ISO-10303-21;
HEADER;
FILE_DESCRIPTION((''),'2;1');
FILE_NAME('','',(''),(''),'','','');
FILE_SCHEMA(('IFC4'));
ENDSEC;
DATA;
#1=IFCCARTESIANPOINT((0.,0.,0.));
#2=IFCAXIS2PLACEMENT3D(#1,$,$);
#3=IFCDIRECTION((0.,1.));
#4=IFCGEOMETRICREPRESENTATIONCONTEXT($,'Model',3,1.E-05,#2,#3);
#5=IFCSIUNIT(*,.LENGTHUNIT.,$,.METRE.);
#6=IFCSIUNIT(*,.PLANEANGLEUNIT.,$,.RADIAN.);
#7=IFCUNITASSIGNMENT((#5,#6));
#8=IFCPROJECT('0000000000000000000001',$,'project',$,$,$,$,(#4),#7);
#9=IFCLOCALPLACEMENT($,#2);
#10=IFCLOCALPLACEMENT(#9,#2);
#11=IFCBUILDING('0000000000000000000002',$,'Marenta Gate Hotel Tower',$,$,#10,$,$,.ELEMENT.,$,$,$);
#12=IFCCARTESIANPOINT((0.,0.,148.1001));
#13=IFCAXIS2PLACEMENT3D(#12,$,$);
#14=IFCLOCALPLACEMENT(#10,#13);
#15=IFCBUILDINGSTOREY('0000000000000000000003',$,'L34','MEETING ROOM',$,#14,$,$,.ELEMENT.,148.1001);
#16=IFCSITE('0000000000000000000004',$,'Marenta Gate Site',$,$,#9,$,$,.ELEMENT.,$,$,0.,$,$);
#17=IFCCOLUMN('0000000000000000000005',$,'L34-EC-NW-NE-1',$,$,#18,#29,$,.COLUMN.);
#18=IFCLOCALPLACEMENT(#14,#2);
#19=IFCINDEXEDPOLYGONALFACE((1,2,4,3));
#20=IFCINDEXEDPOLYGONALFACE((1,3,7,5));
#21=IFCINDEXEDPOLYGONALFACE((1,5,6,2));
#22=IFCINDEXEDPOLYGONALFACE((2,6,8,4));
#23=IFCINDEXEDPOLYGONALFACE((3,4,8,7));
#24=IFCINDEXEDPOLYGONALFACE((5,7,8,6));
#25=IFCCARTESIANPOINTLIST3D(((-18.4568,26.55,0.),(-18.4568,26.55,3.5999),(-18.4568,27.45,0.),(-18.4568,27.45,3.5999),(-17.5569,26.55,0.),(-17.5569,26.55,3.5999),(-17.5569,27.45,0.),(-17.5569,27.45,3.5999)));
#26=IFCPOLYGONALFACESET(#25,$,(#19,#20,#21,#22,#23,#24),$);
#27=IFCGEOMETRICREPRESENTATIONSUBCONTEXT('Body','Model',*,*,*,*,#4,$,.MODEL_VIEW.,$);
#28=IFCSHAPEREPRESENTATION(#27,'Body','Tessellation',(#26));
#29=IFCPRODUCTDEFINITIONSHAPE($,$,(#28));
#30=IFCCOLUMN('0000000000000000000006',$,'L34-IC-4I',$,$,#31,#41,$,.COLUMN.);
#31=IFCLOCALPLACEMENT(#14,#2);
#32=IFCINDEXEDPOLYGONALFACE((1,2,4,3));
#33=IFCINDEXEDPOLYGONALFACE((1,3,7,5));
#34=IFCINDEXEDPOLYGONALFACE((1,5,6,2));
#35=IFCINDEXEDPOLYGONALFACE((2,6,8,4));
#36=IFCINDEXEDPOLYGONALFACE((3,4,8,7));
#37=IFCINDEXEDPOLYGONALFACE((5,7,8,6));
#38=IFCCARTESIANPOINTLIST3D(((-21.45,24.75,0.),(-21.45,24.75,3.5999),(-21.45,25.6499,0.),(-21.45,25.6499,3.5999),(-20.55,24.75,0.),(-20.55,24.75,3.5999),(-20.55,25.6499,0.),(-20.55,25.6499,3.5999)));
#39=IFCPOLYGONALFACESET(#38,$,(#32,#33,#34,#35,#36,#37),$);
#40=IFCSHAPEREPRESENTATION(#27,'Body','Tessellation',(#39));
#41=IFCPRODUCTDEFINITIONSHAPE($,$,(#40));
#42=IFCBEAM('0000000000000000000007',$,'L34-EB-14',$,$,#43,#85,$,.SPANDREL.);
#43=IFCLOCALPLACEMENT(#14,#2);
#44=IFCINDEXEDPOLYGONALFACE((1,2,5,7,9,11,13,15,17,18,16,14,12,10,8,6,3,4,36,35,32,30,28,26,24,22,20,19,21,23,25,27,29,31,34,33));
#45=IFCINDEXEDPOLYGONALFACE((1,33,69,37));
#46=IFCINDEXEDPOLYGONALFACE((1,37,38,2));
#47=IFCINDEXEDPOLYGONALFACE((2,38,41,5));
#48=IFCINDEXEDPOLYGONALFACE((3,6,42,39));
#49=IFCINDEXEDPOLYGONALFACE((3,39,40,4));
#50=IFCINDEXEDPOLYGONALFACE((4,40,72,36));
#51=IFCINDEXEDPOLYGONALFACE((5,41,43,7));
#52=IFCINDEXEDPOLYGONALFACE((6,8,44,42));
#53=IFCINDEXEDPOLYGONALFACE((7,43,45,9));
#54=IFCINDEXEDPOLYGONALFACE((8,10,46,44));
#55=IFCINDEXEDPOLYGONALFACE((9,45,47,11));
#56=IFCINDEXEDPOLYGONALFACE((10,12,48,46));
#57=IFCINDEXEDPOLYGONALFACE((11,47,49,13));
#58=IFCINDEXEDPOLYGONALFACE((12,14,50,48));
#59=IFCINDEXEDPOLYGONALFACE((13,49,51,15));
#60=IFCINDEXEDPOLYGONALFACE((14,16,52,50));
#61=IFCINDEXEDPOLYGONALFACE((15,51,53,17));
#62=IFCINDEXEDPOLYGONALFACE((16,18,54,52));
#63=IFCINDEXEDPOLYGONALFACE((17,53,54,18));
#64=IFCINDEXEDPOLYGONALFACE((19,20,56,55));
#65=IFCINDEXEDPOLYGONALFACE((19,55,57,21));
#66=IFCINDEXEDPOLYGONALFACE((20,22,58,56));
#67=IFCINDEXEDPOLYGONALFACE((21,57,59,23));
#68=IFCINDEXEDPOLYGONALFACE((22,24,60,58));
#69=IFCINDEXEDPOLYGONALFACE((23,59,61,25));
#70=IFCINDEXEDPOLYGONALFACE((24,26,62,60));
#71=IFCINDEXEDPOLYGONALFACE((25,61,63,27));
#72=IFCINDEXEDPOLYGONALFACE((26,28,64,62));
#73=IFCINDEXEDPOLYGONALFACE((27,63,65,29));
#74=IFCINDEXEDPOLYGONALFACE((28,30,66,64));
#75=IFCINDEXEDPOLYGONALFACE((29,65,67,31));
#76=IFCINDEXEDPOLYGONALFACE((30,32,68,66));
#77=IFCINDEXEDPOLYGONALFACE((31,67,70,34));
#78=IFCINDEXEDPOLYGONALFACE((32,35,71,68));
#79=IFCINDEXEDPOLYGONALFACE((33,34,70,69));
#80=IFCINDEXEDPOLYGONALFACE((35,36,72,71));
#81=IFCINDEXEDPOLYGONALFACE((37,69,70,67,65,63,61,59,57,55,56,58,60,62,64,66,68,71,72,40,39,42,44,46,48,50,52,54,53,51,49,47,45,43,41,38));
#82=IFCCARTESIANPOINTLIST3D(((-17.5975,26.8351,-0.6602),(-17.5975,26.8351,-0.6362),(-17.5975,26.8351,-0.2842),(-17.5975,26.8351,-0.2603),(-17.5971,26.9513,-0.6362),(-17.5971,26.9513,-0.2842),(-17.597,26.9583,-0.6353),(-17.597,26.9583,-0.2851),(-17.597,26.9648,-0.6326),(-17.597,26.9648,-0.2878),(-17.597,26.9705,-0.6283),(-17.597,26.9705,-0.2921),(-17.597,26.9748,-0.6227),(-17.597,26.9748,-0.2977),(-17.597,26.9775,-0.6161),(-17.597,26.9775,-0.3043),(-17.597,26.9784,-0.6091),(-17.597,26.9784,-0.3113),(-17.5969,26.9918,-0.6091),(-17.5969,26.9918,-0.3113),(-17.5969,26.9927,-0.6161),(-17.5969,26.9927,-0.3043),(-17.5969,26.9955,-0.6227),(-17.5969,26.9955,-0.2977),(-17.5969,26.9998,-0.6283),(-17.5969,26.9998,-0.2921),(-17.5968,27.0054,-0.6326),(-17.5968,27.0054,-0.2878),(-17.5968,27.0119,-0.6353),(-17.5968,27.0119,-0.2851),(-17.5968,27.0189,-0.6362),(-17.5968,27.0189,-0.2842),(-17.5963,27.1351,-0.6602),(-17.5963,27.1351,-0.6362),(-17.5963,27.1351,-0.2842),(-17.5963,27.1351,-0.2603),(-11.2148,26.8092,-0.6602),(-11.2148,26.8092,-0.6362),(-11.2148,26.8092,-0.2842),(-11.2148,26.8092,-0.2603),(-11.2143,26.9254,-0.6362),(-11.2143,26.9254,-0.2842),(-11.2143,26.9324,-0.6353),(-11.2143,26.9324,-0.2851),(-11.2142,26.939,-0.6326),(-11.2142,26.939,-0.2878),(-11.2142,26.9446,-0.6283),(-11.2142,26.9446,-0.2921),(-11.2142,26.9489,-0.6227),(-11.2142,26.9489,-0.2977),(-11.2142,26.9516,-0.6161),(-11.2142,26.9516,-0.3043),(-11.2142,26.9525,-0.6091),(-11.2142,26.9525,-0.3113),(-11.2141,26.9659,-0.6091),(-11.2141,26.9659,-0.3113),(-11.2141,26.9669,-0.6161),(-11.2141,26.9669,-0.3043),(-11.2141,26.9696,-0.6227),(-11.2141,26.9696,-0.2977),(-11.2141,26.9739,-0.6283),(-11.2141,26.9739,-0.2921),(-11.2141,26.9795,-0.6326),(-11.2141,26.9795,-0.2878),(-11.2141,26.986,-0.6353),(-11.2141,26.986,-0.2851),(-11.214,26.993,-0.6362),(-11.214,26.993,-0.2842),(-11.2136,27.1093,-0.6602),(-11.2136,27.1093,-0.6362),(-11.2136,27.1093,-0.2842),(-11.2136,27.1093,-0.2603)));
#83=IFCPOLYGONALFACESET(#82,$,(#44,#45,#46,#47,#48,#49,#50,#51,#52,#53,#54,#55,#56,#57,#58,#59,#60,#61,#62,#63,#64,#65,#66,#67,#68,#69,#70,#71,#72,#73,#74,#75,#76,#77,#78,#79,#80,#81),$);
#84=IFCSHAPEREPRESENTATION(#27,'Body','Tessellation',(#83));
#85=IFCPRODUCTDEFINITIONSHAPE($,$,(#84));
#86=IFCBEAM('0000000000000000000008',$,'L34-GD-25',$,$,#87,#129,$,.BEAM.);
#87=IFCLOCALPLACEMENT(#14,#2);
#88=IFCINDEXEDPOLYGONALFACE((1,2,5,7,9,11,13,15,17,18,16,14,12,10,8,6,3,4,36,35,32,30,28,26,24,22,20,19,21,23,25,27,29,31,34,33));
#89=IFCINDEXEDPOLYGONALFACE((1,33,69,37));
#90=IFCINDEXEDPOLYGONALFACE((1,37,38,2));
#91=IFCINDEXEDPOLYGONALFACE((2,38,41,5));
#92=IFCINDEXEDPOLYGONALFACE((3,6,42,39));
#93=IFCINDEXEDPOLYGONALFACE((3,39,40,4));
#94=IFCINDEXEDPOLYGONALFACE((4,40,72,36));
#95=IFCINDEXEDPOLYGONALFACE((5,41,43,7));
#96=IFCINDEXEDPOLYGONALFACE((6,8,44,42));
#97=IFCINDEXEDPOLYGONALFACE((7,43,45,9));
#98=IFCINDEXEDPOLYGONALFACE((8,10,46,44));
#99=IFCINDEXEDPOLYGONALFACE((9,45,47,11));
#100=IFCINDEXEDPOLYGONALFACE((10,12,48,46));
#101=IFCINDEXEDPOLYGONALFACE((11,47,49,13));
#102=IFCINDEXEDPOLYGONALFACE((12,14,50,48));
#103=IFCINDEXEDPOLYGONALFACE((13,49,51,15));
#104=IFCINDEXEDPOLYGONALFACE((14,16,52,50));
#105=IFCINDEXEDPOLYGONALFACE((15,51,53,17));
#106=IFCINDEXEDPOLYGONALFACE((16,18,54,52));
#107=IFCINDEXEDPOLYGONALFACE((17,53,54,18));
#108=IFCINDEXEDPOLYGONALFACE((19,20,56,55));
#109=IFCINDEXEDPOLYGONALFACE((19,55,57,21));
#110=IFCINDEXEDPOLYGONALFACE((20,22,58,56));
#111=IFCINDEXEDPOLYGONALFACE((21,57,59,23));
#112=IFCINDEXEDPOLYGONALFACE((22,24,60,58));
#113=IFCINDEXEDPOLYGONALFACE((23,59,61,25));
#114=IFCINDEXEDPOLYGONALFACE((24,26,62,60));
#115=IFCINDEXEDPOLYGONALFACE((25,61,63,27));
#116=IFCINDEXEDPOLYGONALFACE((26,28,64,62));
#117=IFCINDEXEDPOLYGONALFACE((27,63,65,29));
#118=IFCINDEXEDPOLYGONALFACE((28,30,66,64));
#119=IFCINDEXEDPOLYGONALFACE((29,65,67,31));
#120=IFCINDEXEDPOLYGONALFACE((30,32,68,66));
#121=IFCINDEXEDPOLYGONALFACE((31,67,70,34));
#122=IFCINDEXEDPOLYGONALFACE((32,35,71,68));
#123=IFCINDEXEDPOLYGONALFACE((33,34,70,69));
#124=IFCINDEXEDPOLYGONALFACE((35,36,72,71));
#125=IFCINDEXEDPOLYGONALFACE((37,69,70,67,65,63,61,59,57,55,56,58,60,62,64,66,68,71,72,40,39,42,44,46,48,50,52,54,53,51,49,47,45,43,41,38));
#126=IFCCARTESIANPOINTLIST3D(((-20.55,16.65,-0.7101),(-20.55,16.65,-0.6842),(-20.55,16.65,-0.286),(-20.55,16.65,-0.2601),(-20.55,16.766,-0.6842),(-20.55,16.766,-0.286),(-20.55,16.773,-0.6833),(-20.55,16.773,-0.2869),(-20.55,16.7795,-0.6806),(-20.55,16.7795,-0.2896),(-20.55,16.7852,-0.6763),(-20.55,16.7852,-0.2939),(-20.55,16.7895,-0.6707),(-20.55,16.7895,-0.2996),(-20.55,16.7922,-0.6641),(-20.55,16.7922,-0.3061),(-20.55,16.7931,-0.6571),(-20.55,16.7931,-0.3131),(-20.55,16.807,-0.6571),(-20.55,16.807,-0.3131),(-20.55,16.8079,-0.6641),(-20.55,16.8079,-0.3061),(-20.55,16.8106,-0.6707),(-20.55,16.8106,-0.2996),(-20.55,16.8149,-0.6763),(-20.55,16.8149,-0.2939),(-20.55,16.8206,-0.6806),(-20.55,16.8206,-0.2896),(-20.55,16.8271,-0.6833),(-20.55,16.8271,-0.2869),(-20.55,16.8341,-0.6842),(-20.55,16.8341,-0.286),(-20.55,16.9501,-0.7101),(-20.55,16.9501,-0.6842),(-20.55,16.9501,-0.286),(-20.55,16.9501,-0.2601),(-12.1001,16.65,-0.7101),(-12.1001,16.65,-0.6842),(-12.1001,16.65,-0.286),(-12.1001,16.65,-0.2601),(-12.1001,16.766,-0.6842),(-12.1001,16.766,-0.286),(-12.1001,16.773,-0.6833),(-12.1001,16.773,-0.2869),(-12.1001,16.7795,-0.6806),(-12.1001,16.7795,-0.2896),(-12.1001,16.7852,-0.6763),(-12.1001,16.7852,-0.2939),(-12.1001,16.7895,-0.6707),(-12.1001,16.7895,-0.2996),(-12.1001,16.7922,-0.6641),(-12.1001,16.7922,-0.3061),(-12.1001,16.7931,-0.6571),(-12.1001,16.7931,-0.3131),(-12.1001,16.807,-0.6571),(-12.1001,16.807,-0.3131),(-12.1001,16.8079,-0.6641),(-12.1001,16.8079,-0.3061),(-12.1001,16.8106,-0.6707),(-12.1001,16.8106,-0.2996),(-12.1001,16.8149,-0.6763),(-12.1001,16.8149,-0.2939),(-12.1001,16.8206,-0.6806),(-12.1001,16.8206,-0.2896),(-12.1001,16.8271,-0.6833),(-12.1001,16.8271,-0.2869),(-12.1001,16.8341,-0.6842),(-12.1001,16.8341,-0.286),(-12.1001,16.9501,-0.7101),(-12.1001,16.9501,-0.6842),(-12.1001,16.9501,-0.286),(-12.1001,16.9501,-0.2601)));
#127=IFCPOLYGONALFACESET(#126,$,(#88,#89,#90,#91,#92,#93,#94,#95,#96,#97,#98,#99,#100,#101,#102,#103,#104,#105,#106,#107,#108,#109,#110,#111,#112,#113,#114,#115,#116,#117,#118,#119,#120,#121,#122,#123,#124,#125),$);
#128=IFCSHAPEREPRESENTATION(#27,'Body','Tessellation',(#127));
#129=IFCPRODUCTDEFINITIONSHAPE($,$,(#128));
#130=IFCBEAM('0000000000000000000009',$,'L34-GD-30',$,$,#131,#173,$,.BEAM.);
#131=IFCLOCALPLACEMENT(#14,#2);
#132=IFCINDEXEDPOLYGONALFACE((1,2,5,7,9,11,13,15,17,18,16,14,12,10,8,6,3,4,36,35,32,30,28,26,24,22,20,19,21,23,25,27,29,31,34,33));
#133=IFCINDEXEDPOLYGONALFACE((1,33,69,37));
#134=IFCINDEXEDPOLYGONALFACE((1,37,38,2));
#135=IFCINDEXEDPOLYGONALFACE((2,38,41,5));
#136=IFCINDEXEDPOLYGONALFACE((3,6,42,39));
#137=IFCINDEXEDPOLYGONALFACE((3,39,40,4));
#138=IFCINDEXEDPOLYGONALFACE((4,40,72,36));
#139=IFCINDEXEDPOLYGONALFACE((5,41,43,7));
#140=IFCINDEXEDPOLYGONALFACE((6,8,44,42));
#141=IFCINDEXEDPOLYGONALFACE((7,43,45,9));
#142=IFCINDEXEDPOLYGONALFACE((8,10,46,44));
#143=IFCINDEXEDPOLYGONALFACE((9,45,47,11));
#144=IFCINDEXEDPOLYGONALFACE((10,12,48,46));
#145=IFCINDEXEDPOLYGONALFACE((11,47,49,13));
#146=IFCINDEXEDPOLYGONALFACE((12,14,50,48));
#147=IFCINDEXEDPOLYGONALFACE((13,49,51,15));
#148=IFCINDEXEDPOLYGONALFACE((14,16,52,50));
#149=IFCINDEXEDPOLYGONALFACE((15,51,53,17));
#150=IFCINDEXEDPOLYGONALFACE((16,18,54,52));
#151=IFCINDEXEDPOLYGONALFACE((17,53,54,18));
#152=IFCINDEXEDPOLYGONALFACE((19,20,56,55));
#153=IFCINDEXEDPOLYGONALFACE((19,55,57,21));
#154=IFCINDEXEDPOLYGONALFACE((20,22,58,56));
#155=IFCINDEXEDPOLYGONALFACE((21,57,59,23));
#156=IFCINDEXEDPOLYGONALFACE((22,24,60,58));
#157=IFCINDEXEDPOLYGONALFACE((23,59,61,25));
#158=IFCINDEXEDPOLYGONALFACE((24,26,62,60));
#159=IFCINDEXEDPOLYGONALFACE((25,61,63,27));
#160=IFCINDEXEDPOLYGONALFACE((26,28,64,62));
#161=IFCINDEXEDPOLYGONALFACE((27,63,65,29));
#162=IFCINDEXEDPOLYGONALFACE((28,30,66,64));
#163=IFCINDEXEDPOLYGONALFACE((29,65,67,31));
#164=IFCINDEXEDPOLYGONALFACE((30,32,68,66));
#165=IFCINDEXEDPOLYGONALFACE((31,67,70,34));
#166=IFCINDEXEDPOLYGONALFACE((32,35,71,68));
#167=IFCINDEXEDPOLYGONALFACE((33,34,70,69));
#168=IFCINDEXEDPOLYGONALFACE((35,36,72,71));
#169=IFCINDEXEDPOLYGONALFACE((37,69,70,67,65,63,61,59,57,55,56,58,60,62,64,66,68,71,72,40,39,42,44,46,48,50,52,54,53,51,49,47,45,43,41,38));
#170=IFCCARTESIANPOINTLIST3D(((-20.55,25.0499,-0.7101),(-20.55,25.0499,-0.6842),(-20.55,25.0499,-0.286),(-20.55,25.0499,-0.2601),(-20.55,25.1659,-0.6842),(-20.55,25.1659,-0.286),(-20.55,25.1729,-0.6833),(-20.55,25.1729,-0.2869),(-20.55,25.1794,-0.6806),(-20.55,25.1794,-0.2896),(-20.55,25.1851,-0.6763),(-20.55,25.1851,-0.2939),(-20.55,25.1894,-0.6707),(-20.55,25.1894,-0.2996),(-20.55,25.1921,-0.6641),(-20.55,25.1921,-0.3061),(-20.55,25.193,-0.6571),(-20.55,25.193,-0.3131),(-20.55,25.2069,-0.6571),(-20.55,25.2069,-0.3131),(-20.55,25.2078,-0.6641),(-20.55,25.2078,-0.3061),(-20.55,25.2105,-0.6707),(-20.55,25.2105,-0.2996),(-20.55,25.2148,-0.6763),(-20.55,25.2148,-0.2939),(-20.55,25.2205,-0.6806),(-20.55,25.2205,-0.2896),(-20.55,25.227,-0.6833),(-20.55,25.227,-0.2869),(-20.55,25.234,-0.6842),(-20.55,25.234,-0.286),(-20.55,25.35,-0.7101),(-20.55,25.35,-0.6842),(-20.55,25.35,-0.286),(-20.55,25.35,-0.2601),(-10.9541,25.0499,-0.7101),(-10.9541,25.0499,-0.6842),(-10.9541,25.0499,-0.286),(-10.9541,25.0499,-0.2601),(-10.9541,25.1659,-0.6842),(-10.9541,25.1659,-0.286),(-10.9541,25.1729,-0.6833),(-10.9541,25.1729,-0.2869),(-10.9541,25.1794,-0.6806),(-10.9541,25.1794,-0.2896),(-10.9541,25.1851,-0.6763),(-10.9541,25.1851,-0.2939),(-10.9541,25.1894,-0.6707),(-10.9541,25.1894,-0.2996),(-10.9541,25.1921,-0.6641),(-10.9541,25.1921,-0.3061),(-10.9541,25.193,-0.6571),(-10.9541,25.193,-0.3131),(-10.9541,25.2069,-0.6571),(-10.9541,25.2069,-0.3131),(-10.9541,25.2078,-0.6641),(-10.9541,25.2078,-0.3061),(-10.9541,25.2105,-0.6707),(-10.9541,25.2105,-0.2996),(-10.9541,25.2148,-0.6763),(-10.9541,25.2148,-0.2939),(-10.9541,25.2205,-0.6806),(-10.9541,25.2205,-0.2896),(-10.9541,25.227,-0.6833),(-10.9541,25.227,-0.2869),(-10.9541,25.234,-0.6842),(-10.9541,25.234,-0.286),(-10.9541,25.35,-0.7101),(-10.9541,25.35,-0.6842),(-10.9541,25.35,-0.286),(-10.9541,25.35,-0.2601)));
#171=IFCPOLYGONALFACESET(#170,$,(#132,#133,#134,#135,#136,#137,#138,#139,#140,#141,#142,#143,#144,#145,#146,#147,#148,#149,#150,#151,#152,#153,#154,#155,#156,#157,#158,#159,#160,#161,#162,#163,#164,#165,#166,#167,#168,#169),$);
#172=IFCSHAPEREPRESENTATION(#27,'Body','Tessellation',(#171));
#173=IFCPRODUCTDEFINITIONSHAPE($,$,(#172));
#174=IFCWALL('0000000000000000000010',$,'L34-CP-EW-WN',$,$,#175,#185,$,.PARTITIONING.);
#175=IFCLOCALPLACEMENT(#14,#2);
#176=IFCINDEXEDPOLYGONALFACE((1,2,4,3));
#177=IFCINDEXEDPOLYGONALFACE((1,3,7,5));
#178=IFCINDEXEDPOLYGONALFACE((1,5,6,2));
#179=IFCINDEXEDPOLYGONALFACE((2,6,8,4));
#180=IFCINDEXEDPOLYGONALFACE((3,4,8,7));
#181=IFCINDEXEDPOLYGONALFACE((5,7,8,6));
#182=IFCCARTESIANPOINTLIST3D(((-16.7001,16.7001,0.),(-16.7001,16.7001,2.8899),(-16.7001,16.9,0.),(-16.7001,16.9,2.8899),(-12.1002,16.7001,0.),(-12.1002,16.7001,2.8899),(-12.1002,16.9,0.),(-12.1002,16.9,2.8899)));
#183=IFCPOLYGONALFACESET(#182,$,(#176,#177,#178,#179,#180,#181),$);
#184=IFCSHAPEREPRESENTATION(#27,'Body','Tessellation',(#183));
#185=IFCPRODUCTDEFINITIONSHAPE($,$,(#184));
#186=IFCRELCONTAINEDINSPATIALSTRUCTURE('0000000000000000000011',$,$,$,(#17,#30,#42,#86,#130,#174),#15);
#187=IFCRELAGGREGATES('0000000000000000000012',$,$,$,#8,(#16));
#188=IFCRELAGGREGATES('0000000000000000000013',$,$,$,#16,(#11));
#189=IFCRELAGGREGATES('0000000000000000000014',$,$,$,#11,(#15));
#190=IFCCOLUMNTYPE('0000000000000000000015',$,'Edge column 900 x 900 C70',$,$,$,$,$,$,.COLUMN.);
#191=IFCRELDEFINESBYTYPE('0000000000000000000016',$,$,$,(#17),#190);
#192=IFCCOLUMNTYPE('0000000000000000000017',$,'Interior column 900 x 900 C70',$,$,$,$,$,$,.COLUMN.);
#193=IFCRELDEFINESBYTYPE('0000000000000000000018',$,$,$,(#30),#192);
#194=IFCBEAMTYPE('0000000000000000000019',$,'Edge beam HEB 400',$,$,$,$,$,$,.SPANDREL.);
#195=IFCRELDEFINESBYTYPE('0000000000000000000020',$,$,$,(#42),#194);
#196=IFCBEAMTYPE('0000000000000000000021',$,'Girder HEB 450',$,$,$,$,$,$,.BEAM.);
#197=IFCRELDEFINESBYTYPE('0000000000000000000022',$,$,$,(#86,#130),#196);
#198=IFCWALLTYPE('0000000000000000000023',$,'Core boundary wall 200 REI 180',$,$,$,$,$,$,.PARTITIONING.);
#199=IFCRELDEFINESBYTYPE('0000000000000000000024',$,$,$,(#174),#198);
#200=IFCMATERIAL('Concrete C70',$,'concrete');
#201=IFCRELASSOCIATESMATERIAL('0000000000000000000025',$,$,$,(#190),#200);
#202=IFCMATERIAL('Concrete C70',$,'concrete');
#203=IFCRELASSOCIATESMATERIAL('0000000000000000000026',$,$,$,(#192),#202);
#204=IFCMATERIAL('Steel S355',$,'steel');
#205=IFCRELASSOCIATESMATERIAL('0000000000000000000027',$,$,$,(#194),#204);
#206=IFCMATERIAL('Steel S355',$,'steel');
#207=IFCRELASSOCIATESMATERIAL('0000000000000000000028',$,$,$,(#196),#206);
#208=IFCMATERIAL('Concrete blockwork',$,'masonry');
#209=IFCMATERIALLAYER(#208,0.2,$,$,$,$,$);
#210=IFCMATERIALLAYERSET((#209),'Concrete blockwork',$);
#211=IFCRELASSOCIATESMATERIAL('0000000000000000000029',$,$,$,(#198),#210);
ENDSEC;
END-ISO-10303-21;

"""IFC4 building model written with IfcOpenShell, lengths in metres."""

from ifc_helpers import new_model, si_unit, direction, frame, frame_2d, origin, origin_2d, place, context, subcontext, project, spatial, rectangle, i_section, extrude, material, layer, layer_set, material_profile, profile_set, type_object, element, save


model = new_model("IFC4")

# Units and contexts
model_context = context("Model", 3, precision=1e-05, world=origin(), true_north=direction((0.0, 1.0)))
body_context = subcontext(model_context, "Body", "Model", "MODEL_VIEW")
ifc_project = project(units=[si_unit("LENGTHUNIT", "METRE"), si_unit("PLANEANGLEUNIT", "RADIAN")], contexts=[model_context])

# Site, building, storey
site_placement = place(None, origin())
site = spatial("IfcSite", under=ifc_project, at=site_placement, Name="Marenta Gate Site", CompositionType="ELEMENT", RefElevation=0.0)
building_placement = place(site_placement, origin())
building = spatial("IfcBuilding", under=site, at=building_placement, Name="Marenta Gate Hotel Tower", CompositionType="ELEMENT")
storey_placement = place(building_placement, frame((0.0, 0.0, 148.1001)))
storey = spatial("IfcBuildingStorey", under=building, at=storey_placement, Name="L34", Description="MEETING ROOM", CompositionType="ELEMENT", Elevation=148.1001)

# Columns
ifc_material_1 = material(Name="Concrete C70", Category="concrete")
ifc_material_profile_1 = material_profile(ifc_material_1, rectangle(XDim=0.8999, YDim=0.8999, at=origin_2d()), Name="900 x 900")
ifc_profile_set_1 = profile_set([ifc_material_profile_1], Name="Concrete C70")
column_type_1 = type_object("IfcColumnType", Name="Edge column 900 x 900 C70", PredefinedType="COLUMN", material=ifc_profile_set_1)
column_1_placement = place(storey_placement, frame((-18.0068, 27.0, 0.0), z_axis=(0.0, 0.0, 1.0), x_axis=(1.0, 0.0, 0.0)))
element("IfcColumn", 1, at=column_1_placement, inside=storey, type_object=column_type_1, Name="L34-EC-NW-NE-1", PredefinedType="COLUMN", context=body_context, shape_type="SweptSolid", body=[
    extrude(rectangle(XDim=0.8999, YDim=0.8999, at=origin_2d()), origin(), (0.0, 0.0, 1.0), 3.5999),
])
ifc_material_2 = material(Name="Concrete C70", Category="concrete")
ifc_material_profile_2 = material_profile(ifc_material_2, rectangle(XDim=0.8999, YDim=0.8999, at=origin_2d()), Name="900 x 900")
ifc_profile_set_2 = profile_set([ifc_material_profile_2], Name="Concrete C70")
column_type_2 = type_object("IfcColumnType", Name="Interior column 900 x 900 C70", PredefinedType="COLUMN", material=ifc_profile_set_2)
column_2_placement = place(storey_placement, frame((-21.0, 25.2, 0.0), z_axis=(0.0, 0.0, 1.0), x_axis=(1.0, 0.0, 0.0)))
element("IfcColumn", 2, at=column_2_placement, inside=storey, type_object=column_type_2, Name="L34-IC-4I", PredefinedType="COLUMN", context=body_context, shape_type="SweptSolid", body=[
    extrude(rectangle(XDim=0.8999, YDim=0.8999, at=origin_2d()), origin(), (0.0, 0.0, 1.0), 3.5999),
])

# Beams
ifc_material_3 = material(Name="Steel S355", Category="steel")
ifc_material_profile_3 = material_profile(ifc_material_3, i_section(OverallWidth=0.3, OverallDepth=0.3999, WebThickness=0.0134, FlangeThickness=0.0239, FilletRadius=0.0271, at=origin_2d()), Name="HEB 400")
ifc_profile_set_3 = profile_set([ifc_material_profile_3], Name="Steel S355")
beam_type_1 = type_object("IfcBeamType", Name="Edge beam HEB 400", PredefinedType="SPANDREL", material=ifc_profile_set_3)
beam_1_placement = place(storey_placement, frame((-17.5969, 26.9851, -0.4602), z_axis=(0.999992, -0.004054, 0.0), x_axis=(0.004054, 0.999992, 0.0)))
element("IfcBeam", 3, at=beam_1_placement, inside=storey, type_object=beam_type_1, Name="L34-EB-14", PredefinedType="SPANDREL", context=body_context, shape_type="SweptSolid", body=[
    extrude(i_section(OverallWidth=0.3, OverallDepth=0.3999, WebThickness=0.0134, FlangeThickness=0.0239, FilletRadius=0.0271, at=origin_2d()), origin(), (0.0, 0.0, 1.0), 6.3828),
])
ifc_material_4 = material(Name="Steel S355", Category="steel")
ifc_material_profile_4 = material_profile(ifc_material_4, i_section(OverallWidth=0.3, OverallDepth=0.45, WebThickness=0.0139, FlangeThickness=0.0259, FilletRadius=0.0271, at=origin_2d()), Name="HEB 450")
ifc_profile_set_4 = profile_set([ifc_material_profile_4], Name="Steel S355")
beam_type_2 = type_object("IfcBeamType", Name="Girder HEB 450", PredefinedType="BEAM", material=ifc_profile_set_4)
beam_2_placement = place(storey_placement, frame((-20.55, 16.8, -0.4851), z_axis=(1.0, 0.0, 0.0), x_axis=(0.0, 1.0, 0.0)))
element("IfcBeam", 4, at=beam_2_placement, inside=storey, type_object=beam_type_2, Name="L34-GD-25", PredefinedType="BEAM", context=body_context, shape_type="SweptSolid", body=[
    extrude(i_section(OverallWidth=0.3, OverallDepth=0.45, WebThickness=0.0139, FlangeThickness=0.0259, FilletRadius=0.0271, at=origin_2d()), origin(), (0.0, 0.0, 1.0), 8.45),
])
beam_3_placement = place(storey_placement, frame((-20.55, 25.2, -0.4851), z_axis=(1.0, 0.0, 0.0), x_axis=(0.0, 1.0, 0.0)))
element("IfcBeam", 5, at=beam_3_placement, inside=storey, type_object=beam_type_2, Name="L34-GD-30", PredefinedType="BEAM", context=body_context, shape_type="SweptSolid", body=[
    extrude(i_section(OverallWidth=0.3, OverallDepth=0.45, WebThickness=0.0139, FlangeThickness=0.0259, FilletRadius=0.0271, at=origin_2d()), origin(), (0.0, 0.0, 1.0), 9.5959),
])

# Wall
ifc_material_5 = material(Name="Concrete blockwork", Category="masonry")
ifc_layer_1 = layer(ifc_material_5, 0.2)
ifc_layer_set_1 = layer_set([ifc_layer_1], Name="Concrete blockwork")
wall_type_1 = type_object("IfcWallType", Name="Core boundary wall 200 REI 180", PredefinedType="PARTITIONING", material=ifc_layer_set_1)
wall_1_placement = place(storey_placement, frame((-16.7, 16.8, 0.0), z_axis=(0.0, 0.0, 1.0), x_axis=(1.0, 0.0, 0.0)))
element("IfcWall", 6, at=wall_1_placement, inside=storey, type_object=wall_type_1, Name="L34-CP-EW-WN", PredefinedType="PARTITIONING", context=body_context, shape_type="SweptSolid", body=[
    extrude(rectangle(XDim=4.5999, YDim=0.2, at=frame_2d((2.2998, 0.0))), origin(), (0.0, 0.0, 1.0), 2.8899),
])

save(model, "model.ifc")
